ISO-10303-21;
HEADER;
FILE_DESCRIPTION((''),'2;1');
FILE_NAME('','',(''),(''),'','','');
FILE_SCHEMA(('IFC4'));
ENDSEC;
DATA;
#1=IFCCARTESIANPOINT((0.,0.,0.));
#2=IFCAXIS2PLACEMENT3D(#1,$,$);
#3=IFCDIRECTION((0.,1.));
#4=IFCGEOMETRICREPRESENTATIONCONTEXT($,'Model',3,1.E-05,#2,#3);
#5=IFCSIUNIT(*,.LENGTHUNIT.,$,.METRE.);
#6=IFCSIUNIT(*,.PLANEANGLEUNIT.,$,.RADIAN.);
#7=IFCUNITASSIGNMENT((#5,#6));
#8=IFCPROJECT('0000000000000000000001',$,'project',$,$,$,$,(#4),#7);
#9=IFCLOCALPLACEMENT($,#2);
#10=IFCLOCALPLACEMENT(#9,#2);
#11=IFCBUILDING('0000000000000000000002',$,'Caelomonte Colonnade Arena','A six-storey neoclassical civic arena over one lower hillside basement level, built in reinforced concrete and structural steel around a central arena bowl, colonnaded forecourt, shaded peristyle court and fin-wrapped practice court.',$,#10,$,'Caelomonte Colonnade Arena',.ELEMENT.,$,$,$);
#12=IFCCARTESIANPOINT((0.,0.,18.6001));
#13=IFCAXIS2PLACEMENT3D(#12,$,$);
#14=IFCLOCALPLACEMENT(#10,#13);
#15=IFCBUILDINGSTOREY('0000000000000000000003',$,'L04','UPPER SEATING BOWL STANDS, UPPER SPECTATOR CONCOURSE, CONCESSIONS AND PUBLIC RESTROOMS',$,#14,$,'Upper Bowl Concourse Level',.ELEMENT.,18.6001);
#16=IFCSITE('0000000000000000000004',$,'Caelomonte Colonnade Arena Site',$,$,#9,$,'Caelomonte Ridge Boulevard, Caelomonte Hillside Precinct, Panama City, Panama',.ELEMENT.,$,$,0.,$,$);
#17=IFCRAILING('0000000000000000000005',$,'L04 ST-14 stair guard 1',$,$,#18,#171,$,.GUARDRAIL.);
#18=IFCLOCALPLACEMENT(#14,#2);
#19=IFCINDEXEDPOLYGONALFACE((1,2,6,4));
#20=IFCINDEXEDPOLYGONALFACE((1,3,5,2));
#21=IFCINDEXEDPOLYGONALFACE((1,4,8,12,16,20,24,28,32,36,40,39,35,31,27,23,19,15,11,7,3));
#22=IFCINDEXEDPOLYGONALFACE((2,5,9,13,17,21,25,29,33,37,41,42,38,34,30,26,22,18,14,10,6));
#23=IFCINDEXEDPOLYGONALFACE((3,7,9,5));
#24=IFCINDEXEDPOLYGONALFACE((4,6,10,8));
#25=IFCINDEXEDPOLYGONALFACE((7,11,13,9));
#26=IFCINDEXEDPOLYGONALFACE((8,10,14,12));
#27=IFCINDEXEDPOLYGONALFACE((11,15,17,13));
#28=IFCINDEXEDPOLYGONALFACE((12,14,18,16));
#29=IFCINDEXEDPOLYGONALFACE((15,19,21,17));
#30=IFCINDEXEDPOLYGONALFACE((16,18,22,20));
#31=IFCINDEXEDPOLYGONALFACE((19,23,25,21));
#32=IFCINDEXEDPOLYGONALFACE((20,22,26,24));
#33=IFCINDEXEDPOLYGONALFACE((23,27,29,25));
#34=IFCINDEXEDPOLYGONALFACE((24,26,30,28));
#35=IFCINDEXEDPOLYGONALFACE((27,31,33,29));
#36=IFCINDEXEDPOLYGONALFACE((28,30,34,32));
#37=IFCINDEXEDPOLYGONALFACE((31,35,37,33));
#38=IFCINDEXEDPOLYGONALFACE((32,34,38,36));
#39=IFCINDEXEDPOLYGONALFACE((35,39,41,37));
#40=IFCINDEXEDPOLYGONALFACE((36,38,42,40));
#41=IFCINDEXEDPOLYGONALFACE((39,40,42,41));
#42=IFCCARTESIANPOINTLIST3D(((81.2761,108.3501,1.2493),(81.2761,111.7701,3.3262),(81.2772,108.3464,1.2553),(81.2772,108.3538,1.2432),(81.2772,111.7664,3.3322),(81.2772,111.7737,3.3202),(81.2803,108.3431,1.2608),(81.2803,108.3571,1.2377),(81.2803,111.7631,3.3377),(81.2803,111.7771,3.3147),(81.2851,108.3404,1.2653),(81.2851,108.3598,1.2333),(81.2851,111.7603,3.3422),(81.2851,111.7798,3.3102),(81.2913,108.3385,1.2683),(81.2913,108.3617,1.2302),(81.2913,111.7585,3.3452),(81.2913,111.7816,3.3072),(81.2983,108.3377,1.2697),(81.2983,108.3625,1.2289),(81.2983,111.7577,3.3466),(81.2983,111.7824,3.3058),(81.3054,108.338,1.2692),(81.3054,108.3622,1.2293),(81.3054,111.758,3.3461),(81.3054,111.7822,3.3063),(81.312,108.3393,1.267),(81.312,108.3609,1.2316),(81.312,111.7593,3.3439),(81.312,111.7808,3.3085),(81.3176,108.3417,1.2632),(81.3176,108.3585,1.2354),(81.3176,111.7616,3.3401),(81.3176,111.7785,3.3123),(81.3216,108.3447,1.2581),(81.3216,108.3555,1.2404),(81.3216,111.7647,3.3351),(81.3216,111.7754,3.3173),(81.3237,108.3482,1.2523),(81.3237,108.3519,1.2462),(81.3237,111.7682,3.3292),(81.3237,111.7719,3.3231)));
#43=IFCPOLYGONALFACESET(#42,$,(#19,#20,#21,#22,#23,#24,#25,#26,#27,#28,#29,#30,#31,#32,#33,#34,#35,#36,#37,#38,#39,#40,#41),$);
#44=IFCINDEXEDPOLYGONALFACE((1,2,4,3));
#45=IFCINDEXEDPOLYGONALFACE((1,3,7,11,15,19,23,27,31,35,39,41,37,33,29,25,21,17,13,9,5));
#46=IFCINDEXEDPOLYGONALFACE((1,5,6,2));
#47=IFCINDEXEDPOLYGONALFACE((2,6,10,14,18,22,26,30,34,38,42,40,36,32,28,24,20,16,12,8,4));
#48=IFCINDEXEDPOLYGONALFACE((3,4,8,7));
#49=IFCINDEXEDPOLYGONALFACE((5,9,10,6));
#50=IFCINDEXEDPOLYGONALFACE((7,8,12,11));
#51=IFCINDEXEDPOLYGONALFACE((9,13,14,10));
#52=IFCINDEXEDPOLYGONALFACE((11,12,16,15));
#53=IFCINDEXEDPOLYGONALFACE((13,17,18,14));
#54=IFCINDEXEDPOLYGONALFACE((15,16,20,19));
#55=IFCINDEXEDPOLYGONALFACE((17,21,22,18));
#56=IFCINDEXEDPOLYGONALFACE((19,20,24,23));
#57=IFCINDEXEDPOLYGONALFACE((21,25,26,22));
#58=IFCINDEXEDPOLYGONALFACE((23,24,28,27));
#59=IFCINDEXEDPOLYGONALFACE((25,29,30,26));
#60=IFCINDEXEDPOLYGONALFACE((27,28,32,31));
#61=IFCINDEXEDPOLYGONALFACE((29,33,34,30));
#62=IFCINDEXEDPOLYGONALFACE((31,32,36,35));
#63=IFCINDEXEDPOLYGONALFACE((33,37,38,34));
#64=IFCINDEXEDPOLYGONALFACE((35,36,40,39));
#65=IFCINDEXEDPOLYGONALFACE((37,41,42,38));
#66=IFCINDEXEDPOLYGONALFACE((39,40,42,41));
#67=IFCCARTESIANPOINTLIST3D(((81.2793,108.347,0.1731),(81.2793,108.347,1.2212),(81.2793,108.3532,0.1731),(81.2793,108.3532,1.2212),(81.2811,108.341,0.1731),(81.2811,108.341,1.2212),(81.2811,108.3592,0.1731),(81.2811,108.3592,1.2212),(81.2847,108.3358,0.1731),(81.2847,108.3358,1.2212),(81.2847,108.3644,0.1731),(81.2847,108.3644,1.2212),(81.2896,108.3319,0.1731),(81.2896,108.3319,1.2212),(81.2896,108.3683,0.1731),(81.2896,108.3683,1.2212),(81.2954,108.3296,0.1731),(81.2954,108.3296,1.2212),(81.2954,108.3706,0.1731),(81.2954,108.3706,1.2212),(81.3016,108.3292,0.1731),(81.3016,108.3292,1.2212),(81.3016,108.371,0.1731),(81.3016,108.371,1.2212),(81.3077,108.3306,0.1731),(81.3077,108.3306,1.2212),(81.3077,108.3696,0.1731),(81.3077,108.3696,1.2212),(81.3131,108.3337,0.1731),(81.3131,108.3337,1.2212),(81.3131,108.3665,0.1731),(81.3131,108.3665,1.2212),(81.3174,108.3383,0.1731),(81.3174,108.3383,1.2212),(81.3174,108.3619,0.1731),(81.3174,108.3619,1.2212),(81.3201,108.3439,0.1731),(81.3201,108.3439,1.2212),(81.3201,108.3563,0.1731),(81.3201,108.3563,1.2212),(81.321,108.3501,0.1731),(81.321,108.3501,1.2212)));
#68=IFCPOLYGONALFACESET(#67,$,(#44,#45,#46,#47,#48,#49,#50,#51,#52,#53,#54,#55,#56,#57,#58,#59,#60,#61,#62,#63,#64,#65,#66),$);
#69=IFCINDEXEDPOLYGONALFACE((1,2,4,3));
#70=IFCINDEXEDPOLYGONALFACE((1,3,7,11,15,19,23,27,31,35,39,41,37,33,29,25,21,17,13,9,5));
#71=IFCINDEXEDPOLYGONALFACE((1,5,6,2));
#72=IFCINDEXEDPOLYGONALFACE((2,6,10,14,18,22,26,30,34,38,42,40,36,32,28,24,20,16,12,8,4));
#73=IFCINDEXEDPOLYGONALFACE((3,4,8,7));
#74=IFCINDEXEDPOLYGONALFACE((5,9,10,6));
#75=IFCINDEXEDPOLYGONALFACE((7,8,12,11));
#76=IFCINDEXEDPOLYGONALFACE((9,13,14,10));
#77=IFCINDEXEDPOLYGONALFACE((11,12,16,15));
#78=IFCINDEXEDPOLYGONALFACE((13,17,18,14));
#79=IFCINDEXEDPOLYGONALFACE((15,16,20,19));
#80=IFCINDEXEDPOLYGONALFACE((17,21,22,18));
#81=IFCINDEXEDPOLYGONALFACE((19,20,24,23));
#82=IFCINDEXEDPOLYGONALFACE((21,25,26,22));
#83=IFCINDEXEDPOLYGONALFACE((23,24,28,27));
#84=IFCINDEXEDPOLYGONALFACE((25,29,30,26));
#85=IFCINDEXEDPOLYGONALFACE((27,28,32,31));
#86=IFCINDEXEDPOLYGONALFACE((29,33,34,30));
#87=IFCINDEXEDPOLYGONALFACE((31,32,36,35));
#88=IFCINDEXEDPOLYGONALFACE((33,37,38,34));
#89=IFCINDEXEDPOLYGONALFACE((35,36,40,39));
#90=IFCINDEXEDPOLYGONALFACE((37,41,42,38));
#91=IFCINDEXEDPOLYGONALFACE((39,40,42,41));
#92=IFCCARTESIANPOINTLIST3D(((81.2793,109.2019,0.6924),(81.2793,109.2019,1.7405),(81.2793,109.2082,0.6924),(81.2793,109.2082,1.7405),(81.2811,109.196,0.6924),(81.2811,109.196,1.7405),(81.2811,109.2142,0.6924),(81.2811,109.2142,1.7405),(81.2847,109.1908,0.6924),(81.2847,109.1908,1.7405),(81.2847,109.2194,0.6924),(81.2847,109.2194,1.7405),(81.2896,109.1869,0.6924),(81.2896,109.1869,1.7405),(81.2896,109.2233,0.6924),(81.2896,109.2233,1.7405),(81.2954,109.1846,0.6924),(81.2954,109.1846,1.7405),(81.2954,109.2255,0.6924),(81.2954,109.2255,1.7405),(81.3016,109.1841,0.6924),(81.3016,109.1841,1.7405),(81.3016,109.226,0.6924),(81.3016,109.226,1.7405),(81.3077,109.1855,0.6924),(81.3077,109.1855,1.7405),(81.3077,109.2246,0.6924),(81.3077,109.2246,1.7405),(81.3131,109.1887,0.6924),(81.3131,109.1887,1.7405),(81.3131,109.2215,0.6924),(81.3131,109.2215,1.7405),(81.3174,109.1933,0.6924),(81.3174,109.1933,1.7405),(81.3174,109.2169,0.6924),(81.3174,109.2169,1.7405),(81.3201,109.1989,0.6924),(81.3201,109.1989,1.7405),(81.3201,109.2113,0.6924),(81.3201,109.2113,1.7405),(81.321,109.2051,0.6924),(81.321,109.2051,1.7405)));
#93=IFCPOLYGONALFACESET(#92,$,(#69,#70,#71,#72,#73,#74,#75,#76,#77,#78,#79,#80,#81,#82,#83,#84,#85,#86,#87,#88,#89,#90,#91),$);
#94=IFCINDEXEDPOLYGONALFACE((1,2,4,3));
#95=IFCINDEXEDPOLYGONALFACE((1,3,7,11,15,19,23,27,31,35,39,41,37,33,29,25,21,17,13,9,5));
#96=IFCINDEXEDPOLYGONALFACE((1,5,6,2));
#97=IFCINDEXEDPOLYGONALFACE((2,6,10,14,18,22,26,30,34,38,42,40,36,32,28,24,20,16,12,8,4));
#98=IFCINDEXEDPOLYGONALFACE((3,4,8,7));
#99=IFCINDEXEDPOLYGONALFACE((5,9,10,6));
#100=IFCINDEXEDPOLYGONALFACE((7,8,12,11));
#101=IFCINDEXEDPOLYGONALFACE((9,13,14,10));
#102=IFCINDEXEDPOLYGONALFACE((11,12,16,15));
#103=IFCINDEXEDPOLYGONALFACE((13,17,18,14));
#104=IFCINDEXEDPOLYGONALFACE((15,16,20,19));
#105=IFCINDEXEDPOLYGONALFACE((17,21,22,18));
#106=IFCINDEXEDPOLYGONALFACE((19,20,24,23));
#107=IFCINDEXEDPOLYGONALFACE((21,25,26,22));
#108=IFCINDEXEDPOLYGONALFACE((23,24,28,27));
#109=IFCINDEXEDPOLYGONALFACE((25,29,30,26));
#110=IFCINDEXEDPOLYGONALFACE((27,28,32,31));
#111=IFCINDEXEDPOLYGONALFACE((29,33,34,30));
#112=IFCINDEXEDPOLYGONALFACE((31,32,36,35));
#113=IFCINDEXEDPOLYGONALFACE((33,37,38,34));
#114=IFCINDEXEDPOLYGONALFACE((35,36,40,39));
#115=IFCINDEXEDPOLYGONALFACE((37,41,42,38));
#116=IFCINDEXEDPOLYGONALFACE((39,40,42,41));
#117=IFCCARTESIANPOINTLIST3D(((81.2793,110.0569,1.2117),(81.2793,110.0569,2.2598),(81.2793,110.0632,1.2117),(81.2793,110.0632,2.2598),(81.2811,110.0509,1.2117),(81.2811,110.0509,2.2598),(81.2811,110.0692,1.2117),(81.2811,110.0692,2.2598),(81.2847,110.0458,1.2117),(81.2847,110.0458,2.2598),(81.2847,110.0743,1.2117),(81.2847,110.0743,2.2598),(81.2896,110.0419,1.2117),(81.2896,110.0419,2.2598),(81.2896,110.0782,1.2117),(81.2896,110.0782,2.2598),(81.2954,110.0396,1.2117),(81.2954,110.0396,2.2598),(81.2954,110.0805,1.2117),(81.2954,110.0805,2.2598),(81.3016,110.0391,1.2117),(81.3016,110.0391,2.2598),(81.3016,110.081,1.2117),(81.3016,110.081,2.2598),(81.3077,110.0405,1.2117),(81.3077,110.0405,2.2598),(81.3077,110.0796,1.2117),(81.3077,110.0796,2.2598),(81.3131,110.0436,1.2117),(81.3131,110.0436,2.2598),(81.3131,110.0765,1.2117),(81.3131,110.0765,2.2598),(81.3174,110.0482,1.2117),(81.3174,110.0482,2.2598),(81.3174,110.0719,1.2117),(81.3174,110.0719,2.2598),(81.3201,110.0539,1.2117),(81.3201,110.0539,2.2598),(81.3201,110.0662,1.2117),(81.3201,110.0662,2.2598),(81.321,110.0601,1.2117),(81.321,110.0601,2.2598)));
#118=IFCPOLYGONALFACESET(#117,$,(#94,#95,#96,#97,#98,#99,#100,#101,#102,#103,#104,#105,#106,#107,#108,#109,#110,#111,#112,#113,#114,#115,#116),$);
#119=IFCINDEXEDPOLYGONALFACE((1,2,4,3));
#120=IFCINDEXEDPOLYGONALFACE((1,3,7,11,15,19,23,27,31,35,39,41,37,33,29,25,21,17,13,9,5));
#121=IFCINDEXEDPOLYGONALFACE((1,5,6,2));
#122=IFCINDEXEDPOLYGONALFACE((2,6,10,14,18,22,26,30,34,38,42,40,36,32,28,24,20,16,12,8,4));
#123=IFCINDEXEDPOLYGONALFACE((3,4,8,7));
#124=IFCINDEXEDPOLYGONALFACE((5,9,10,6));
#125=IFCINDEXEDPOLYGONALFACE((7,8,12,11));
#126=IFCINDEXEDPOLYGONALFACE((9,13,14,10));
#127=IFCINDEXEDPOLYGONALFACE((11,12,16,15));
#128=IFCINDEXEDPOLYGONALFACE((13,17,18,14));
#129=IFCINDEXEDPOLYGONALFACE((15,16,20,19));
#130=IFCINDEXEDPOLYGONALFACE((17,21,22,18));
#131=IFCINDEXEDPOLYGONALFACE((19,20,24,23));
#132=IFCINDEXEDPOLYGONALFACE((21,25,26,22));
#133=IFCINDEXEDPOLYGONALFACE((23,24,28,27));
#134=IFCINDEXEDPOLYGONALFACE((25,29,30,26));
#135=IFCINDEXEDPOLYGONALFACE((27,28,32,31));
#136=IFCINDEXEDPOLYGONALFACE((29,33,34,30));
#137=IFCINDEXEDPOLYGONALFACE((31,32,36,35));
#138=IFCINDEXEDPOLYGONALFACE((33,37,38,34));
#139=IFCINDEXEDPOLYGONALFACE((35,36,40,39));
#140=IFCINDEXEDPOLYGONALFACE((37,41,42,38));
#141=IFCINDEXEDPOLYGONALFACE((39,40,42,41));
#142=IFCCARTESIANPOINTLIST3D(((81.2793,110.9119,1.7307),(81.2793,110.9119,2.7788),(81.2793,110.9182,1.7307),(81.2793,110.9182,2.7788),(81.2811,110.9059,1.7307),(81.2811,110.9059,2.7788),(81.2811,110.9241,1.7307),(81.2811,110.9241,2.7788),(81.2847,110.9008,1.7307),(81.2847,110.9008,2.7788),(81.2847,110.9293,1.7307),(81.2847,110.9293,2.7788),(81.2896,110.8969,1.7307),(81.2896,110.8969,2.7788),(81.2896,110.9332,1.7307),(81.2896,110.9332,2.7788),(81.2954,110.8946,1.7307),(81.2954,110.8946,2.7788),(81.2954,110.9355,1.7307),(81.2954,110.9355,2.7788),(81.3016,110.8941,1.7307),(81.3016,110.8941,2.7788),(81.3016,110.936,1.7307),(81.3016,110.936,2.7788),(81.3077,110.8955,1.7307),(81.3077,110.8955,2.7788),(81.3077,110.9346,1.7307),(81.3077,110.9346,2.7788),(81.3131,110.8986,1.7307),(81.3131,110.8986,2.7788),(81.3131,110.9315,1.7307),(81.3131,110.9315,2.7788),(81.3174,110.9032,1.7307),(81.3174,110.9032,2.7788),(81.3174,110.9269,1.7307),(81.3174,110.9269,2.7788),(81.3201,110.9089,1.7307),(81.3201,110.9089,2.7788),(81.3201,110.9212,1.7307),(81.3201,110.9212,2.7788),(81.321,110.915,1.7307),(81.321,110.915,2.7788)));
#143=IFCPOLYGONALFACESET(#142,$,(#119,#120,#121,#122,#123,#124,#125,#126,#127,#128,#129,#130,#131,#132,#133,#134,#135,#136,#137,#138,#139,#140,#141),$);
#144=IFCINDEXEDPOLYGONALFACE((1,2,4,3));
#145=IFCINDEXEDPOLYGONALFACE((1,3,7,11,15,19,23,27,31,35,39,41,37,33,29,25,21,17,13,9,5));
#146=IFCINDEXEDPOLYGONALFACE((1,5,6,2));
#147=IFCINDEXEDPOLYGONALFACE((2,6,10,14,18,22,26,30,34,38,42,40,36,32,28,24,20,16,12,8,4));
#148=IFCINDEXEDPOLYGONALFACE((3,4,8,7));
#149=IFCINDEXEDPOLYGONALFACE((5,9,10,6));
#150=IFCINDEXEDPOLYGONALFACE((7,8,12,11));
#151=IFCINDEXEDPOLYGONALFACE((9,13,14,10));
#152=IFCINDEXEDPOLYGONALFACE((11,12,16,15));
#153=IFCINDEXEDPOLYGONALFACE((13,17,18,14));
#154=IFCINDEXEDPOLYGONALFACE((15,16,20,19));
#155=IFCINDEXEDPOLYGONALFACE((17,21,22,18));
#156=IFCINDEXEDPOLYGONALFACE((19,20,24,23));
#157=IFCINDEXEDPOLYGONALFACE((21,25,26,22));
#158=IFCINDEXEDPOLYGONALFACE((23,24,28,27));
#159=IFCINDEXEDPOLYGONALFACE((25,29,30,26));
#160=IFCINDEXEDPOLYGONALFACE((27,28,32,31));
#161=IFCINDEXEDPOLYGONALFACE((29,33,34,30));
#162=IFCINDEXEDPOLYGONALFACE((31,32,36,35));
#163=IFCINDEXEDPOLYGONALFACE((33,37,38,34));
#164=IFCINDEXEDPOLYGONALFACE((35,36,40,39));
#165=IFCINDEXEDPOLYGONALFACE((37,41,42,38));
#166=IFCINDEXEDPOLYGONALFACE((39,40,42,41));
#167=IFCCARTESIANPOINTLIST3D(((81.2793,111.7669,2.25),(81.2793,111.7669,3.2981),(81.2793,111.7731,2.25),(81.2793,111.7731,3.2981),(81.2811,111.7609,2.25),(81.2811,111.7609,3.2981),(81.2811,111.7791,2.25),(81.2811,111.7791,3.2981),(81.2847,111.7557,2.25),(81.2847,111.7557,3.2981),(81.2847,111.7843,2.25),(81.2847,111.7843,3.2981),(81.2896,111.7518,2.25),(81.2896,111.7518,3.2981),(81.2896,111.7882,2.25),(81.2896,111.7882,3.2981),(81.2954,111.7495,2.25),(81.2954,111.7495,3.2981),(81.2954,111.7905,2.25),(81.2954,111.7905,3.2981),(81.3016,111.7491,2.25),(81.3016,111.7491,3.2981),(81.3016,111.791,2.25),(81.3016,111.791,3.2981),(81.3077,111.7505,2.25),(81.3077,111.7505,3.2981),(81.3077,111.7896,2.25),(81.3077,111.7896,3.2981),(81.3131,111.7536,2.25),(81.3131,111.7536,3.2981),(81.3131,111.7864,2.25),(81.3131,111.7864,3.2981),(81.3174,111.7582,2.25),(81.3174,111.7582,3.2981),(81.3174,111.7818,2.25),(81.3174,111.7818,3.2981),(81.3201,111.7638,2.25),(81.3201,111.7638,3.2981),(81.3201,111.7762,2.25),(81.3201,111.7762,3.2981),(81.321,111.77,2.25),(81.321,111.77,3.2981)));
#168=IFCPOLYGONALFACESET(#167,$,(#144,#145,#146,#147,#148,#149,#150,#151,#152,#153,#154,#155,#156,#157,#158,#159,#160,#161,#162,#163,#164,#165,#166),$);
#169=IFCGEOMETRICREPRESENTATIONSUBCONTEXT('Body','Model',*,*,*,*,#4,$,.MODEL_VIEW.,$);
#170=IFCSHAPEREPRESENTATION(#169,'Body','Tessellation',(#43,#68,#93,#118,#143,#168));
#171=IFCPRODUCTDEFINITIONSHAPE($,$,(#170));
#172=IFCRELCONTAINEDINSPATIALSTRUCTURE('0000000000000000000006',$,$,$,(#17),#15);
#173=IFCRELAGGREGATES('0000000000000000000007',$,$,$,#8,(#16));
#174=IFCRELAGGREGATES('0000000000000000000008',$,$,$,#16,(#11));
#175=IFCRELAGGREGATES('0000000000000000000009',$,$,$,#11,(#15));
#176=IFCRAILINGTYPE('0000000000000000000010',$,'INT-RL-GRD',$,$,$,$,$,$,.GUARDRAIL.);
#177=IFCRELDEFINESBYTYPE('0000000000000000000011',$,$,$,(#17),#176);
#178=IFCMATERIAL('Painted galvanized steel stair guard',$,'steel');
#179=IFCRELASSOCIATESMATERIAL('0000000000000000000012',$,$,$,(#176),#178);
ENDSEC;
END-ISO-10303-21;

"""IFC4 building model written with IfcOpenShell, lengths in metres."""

from ifc_helpers import new_model, si_unit, direction, frame, origin, origin_2d, place, context, subcontext, project, spatial, circle, extrude, material, type_object, element, save


model = new_model("IFC4")

# Units and contexts
model_context = context("Model", 3, precision=1e-05, world=origin(), true_north=direction((0.0, 1.0)))
body_context = subcontext(model_context, "Body", "Model", "MODEL_VIEW")
ifc_project = project(units=[si_unit("LENGTHUNIT", "METRE"), si_unit("PLANEANGLEUNIT", "RADIAN")], contexts=[model_context])

# Site, building, storey
site_placement = place(None, origin())
site = spatial("IfcSite", under=ifc_project, at=site_placement, Name="Caelomonte Colonnade Arena Site", LongName="Caelomonte Ridge Boulevard, Caelomonte Hillside Precinct, Panama City, Panama", CompositionType="ELEMENT", RefElevation=0.0)
building_placement = place(site_placement, origin())
building = spatial("IfcBuilding", under=site, at=building_placement, Name="Caelomonte Colonnade Arena", Description="A six-storey neoclassical civic arena over one lower hillside basement level, built in reinforced concrete and structural steel around a central arena bowl, colonnaded forecourt, shaded peristyle court and fin-wrapped practice court.", LongName="Caelomonte Colonnade Arena", CompositionType="ELEMENT")
storey_placement = place(building_placement, frame((0.0, 0.0, 18.6001)))
storey = spatial("IfcBuildingStorey", under=building, at=storey_placement, Name="L04", Description="UPPER SEATING BOWL STANDS, UPPER SPECTATOR CONCOURSE, CONCESSIONS AND PUBLIC RESTROOMS", LongName="Upper Bowl Concourse Level", CompositionType="ELEMENT", Elevation=18.6001)

# Railing
ifc_material_1 = material(Name="Painted galvanized steel stair guard", Category="steel")
railing_type_1 = type_object("IfcRailingType", Name="INT-RL-GRD", PredefinedType="GUARDRAIL", material=ifc_material_1)
railing_1_placement = place(storey_placement, frame((81.3, 108.3501, 0.1731)))
element("IfcRailing", 1, at=railing_1_placement, inside=storey, type_object=railing_type_1, Name="L04 ST-14 stair guard 1", PredefinedType="GUARDRAIL", context=body_context, shape_type="SweptSolid", body=[
    extrude(circle(Radius=0.0239, at=origin_2d()), frame((0.0, 0.0, 1.0762), z_axis=(0.0, 0.85473, 0.519074), x_axis=(-1.0, 0.0, 0.0)), (0.0, 0.0, 1.0), 4.0012),
    extrude(circle(Radius=0.021, at=origin_2d()), origin(), (0.0, 0.0, 1.0), 1.0481),
    extrude(circle(Radius=0.021, at=origin_2d()), frame((0.0, 0.855, 0.5193)), (0.0, 0.0, 1.0), 1.0481),
    extrude(circle(Radius=0.021, at=origin_2d()), frame((0.0, 1.71, 1.0386)), (0.0, 0.0, 1.0), 1.0481),
    extrude(circle(Radius=0.021, at=origin_2d()), frame((0.0, 2.5649, 1.5576)), (0.0, 0.0, 1.0), 1.0481),
    extrude(circle(Radius=0.021, at=origin_2d()), frame((0.0, 3.4199, 2.0769)), (0.0, 0.0, 1.0), 1.0481),
])

save(model, "model.ifc")
